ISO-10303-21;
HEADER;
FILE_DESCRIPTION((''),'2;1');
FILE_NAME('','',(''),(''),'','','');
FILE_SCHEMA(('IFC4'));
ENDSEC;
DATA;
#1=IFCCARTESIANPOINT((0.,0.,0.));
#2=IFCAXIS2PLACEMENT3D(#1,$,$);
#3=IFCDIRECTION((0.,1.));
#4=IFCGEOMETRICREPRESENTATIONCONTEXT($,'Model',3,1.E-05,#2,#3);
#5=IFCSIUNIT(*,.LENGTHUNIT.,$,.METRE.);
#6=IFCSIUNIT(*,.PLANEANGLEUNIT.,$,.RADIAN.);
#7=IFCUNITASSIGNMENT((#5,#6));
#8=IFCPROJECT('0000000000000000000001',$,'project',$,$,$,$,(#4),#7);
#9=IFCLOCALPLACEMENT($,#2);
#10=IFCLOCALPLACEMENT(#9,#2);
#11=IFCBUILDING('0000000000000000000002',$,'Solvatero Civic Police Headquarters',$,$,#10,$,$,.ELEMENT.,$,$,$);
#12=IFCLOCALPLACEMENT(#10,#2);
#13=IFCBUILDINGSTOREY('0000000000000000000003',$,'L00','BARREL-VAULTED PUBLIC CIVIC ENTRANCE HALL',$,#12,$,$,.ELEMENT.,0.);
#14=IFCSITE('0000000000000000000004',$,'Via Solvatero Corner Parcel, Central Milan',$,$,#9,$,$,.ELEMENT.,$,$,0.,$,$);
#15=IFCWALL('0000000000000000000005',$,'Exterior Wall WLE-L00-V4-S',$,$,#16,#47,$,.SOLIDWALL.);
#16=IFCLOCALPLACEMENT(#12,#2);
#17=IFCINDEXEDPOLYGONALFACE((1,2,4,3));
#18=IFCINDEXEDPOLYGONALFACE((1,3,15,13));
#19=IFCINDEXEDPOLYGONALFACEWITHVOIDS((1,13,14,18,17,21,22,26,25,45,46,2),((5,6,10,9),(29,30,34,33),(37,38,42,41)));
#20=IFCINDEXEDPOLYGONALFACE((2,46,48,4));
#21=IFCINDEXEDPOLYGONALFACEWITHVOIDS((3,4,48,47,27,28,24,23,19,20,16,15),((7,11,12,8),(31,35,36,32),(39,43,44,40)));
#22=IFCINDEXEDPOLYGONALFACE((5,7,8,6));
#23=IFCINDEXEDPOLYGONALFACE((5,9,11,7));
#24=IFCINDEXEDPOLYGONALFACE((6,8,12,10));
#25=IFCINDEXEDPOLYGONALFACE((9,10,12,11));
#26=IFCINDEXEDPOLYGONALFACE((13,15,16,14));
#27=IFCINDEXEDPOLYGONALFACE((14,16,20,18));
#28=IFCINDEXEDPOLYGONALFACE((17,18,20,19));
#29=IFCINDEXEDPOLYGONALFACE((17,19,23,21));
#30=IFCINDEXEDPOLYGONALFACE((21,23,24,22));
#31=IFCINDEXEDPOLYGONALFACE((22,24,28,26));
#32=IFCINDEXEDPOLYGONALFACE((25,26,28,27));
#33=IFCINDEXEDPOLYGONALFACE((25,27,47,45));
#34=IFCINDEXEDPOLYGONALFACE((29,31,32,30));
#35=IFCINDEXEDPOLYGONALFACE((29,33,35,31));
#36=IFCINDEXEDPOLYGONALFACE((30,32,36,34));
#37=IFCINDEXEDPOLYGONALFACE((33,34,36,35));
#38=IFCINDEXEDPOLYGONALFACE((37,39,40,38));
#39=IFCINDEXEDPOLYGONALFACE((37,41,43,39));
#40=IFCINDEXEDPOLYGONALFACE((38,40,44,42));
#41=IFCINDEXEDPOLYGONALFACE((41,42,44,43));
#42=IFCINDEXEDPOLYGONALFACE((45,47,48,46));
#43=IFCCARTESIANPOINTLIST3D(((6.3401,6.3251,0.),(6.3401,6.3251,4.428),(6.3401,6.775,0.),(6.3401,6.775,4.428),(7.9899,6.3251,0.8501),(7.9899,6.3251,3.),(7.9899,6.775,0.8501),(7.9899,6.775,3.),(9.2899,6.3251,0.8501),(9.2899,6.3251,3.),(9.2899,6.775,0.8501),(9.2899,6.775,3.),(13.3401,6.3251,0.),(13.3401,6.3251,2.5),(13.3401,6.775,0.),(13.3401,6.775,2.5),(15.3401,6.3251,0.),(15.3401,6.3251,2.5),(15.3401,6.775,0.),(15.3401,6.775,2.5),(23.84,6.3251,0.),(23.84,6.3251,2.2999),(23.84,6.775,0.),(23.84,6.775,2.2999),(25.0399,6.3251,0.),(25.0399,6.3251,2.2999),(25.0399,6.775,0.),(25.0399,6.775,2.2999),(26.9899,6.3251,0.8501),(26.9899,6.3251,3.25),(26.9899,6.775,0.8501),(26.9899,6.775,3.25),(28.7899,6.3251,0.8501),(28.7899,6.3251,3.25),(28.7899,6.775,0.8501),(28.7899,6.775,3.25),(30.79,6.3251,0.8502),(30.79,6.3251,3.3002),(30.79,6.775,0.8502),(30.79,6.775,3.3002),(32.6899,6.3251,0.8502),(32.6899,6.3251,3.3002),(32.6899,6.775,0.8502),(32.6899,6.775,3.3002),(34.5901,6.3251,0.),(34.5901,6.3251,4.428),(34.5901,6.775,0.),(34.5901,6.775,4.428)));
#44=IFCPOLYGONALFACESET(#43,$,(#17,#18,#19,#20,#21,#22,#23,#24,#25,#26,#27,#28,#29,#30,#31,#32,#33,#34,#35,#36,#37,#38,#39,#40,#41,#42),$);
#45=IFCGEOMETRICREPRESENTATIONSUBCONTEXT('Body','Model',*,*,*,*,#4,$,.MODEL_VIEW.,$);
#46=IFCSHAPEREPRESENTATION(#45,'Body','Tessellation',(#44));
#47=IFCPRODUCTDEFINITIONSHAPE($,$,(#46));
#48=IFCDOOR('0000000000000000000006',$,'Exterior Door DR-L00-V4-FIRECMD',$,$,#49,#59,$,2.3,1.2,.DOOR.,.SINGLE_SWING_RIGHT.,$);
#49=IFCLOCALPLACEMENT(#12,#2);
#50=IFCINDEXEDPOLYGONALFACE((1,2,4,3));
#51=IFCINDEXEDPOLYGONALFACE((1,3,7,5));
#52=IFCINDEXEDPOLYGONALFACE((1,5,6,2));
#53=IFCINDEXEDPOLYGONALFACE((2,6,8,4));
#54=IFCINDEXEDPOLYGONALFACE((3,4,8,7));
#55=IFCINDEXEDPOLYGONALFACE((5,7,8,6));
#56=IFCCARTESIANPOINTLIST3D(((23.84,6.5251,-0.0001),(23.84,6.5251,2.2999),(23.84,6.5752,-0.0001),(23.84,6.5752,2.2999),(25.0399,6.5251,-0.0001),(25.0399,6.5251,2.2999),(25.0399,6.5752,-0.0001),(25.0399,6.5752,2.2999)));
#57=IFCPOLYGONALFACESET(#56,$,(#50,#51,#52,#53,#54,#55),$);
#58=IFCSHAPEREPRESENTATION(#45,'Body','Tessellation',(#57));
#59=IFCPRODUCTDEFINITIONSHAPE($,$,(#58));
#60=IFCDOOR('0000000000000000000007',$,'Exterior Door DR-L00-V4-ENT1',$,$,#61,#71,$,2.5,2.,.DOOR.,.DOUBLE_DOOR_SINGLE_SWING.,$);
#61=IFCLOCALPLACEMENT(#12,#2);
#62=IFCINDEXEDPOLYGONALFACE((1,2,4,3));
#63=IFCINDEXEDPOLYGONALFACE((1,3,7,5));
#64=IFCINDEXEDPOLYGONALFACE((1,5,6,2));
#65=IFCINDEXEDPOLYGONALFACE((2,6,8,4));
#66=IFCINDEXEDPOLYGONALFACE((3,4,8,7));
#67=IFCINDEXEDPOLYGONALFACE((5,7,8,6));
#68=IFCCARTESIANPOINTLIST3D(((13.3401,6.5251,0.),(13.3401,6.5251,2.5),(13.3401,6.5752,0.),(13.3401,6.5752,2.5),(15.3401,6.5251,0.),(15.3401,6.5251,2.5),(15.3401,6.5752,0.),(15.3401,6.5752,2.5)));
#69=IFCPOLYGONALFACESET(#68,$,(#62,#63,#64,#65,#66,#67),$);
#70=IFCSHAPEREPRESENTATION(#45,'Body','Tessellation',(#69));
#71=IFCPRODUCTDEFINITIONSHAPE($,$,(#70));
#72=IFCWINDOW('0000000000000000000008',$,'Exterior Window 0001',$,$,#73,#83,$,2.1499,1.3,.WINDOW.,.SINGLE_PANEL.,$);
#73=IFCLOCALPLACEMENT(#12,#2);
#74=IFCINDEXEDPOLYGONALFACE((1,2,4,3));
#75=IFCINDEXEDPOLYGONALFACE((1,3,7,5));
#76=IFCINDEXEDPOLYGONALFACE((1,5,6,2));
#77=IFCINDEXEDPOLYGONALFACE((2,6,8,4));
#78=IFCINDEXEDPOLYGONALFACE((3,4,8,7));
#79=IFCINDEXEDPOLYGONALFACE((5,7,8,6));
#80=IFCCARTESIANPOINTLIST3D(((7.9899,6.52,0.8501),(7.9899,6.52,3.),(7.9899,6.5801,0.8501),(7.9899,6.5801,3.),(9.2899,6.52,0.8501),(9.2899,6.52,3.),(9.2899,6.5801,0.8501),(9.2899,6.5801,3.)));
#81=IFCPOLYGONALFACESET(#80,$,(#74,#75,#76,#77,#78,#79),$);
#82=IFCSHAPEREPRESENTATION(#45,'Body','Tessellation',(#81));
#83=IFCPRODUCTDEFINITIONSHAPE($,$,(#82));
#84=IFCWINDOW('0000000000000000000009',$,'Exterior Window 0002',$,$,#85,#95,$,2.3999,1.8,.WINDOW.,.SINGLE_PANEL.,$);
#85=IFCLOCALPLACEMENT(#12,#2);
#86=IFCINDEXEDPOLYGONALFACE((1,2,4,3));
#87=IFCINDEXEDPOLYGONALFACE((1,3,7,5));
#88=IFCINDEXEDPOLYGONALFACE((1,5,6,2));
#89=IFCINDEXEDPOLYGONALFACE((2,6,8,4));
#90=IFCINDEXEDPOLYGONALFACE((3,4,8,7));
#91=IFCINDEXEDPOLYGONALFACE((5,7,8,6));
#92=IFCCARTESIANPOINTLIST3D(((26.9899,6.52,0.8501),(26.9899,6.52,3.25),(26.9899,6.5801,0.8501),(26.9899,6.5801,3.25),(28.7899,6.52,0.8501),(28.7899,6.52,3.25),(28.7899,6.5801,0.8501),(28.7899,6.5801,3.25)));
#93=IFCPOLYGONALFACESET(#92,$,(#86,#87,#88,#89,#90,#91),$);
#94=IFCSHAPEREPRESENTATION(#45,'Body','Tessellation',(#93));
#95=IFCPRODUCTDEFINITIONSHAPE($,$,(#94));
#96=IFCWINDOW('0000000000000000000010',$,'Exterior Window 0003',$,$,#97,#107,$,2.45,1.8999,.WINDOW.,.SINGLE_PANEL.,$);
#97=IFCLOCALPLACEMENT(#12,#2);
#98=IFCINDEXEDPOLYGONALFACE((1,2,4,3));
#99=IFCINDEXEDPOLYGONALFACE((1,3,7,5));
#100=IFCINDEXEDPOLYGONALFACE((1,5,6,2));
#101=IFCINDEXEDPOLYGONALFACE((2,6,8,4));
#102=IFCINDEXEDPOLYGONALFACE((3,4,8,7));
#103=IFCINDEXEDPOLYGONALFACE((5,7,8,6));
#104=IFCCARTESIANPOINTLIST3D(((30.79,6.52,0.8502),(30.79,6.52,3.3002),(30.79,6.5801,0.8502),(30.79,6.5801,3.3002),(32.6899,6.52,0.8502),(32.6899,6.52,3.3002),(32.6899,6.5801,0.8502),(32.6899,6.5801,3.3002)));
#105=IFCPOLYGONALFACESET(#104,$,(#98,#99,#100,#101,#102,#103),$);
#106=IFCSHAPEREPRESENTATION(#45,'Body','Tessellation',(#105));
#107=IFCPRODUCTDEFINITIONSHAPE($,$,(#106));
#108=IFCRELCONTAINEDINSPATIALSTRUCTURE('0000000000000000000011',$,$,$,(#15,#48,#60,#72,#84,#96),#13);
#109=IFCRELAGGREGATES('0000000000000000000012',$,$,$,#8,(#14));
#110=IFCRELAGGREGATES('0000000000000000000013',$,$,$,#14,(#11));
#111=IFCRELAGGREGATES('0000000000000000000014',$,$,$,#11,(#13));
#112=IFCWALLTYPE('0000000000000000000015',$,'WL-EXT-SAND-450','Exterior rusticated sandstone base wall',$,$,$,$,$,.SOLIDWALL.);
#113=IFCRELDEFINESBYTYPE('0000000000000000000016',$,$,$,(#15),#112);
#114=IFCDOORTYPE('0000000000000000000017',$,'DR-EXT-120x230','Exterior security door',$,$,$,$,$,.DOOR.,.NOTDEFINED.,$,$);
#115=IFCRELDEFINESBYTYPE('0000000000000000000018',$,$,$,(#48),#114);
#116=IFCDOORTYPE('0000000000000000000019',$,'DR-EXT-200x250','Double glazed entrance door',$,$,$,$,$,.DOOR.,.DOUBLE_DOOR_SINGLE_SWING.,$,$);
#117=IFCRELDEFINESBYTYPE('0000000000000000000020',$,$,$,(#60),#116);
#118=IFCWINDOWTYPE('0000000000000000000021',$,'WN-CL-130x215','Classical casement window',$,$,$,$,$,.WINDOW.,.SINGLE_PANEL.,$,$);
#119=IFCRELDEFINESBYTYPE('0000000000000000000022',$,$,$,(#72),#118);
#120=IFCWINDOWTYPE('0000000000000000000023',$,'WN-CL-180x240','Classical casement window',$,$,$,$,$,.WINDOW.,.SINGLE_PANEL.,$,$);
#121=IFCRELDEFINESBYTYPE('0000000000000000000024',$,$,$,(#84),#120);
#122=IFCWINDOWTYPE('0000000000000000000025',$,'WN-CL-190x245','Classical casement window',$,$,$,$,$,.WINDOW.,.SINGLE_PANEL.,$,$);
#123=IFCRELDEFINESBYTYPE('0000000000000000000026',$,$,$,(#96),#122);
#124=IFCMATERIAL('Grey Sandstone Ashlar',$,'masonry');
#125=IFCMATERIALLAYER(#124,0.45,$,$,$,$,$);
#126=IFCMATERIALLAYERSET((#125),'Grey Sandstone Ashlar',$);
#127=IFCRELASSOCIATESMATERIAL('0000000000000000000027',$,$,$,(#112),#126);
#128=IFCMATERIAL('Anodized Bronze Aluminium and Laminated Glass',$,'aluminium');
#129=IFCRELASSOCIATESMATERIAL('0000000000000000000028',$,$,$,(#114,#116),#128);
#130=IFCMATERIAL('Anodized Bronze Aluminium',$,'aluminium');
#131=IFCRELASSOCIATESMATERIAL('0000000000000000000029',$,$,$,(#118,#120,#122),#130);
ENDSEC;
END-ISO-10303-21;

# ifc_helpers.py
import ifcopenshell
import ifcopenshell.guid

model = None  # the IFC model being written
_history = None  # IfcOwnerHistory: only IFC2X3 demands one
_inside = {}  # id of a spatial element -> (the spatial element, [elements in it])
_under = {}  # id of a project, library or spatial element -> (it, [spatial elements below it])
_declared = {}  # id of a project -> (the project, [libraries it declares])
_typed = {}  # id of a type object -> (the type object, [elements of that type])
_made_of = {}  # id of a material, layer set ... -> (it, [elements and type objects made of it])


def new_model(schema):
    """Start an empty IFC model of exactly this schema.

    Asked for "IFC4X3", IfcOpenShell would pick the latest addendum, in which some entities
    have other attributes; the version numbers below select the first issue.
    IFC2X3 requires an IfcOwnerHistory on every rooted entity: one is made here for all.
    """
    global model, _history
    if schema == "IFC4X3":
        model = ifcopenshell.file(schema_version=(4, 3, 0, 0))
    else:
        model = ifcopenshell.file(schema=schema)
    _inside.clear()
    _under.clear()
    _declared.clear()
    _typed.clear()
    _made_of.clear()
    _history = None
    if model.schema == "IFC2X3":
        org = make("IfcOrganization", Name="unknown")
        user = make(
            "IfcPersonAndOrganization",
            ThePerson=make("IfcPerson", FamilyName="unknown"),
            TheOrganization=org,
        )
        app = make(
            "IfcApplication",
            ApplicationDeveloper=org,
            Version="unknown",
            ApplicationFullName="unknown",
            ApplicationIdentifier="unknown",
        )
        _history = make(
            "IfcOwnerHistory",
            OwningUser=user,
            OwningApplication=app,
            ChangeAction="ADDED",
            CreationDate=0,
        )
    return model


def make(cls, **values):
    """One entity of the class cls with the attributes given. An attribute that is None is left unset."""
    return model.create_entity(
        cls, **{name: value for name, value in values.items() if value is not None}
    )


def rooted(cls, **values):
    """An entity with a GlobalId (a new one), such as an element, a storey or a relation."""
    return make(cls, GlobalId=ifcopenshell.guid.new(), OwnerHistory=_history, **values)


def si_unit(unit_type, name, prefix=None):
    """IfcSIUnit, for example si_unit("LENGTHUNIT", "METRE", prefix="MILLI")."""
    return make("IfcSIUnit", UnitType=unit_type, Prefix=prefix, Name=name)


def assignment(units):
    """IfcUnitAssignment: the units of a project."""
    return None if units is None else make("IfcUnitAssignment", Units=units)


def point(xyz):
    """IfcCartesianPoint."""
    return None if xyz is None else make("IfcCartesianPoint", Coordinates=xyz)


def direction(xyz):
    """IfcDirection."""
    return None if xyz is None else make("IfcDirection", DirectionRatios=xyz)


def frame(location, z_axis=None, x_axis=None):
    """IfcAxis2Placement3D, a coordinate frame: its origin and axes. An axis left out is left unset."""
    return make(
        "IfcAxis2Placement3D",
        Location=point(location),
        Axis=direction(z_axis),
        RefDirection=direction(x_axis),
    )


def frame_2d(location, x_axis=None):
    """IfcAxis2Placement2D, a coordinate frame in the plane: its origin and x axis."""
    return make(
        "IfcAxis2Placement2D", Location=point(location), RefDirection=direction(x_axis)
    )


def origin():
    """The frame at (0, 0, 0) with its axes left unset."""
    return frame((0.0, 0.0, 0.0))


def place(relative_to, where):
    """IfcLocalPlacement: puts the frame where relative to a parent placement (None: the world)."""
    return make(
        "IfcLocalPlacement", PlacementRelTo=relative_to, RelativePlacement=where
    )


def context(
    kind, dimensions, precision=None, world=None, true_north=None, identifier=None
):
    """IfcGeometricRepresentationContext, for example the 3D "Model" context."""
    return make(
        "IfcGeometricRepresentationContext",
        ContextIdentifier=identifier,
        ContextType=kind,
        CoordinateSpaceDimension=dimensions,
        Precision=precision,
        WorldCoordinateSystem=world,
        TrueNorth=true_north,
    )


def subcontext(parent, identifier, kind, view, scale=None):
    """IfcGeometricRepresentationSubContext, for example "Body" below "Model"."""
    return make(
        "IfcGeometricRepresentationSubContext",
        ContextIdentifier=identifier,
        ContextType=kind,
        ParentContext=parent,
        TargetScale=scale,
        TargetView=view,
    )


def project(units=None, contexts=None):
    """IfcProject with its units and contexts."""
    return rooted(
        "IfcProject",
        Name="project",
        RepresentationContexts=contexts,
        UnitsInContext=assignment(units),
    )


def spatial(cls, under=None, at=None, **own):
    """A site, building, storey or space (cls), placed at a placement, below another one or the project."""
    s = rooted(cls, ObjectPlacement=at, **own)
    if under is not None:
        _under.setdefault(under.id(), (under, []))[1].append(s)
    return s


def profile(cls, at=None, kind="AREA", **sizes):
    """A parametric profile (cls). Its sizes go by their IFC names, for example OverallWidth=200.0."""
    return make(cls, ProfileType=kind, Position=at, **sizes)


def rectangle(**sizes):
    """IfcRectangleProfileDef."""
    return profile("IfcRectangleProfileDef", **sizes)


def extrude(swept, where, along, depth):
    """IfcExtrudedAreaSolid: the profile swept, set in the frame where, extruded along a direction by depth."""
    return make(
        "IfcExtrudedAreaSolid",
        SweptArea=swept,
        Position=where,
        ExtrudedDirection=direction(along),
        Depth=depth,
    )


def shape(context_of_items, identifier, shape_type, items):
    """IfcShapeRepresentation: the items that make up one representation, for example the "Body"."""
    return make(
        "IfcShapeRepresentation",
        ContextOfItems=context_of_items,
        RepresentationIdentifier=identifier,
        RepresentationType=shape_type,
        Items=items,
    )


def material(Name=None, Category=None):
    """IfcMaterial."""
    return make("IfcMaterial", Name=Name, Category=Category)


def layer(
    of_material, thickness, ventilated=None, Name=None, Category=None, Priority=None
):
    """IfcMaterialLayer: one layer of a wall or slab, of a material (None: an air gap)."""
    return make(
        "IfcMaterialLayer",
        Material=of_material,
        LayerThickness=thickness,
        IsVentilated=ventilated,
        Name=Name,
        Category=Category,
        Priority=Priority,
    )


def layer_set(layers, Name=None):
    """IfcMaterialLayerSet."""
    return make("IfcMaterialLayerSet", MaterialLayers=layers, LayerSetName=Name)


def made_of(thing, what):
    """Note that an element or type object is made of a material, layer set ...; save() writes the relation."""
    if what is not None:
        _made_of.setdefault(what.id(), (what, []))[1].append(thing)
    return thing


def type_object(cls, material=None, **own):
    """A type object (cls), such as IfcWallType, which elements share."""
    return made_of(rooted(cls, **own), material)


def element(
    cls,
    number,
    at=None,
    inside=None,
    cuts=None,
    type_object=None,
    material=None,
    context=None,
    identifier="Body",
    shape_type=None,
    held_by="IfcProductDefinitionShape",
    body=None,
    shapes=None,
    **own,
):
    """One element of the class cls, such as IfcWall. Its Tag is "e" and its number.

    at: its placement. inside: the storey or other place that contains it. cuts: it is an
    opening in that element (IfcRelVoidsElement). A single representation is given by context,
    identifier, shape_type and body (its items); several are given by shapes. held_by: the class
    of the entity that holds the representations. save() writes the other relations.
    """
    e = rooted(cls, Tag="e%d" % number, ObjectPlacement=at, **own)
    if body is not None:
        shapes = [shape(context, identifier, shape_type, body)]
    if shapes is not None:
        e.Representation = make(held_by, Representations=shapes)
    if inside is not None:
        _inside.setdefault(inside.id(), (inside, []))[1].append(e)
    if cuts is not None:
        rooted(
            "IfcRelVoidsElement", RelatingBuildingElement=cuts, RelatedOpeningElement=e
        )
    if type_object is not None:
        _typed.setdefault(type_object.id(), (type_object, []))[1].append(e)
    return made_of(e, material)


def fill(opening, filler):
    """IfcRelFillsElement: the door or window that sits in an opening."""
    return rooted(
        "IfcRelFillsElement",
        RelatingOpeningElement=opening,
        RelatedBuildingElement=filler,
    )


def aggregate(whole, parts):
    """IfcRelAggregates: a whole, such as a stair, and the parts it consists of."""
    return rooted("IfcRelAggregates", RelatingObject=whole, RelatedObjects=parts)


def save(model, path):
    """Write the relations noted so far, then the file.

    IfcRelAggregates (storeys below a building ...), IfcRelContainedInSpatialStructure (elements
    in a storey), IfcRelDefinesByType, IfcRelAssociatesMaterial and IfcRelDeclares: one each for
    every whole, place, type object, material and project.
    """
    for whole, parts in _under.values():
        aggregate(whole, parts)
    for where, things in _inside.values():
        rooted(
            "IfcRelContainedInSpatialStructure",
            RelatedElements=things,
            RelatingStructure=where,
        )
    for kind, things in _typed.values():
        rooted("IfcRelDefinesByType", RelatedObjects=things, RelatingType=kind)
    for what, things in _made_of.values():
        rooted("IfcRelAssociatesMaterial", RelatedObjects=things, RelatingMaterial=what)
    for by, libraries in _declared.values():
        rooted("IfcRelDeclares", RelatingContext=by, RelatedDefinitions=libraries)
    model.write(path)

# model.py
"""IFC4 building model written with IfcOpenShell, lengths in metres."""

from ifc_helpers import new_model, si_unit, direction, frame, frame_2d, origin, place, context, subcontext, project, spatial, rectangle, extrude, material, layer, layer_set, type_object, element, fill, save


model = new_model("IFC4")

# Units and contexts
model_context = context("Model", 3, precision=1e-05, world=origin(), true_north=direction((0.0, 1.0)))
body_context = subcontext(model_context, "Body", "Model", "MODEL_VIEW")
ifc_project = project(units=[si_unit("LENGTHUNIT", "METRE"), si_unit("PLANEANGLEUNIT", "RADIAN")], contexts=[model_context])

# Site, building, storey
site_placement = place(None, origin())
site = spatial("IfcSite", under=ifc_project, at=site_placement, Name="Via Solvatero Corner Parcel, Central Milan", CompositionType="ELEMENT", RefElevation=0.0)
building_placement = place(site_placement, origin())
building = spatial("IfcBuilding", under=site, at=building_placement, Name="Solvatero Civic Police Headquarters", CompositionType="ELEMENT")
storey_placement = place(building_placement, origin())
storey = spatial("IfcBuildingStorey", under=building, at=storey_placement, Name="L00", Description="BARREL-VAULTED PUBLIC CIVIC ENTRANCE HALL", CompositionType="ELEMENT", Elevation=0.0)

# Wall, openings, doors, windows
ifc_material_1 = material(Name="Grey Sandstone Ashlar", Category="masonry")
ifc_layer = layer(ifc_material_1, 0.45)
ifc_layer_set = layer_set([ifc_layer], Name="Grey Sandstone Ashlar")
wall_type = type_object("IfcWallType", Name="WL-EXT-SAND-450", Description="Exterior rusticated sandstone base wall", PredefinedType="SOLIDWALL", material=ifc_layer_set)
wall_placement = place(storey_placement, frame((6.3401, 6.55, 0.0), z_axis=(0.0, 0.0, 1.0), x_axis=(1.0, 0.0, 0.0)))
wall = element("IfcWall", 1, at=wall_placement, inside=storey, type_object=wall_type, Name="Exterior Wall WLE-L00-V4-S", PredefinedType="SOLIDWALL", context=body_context, shape_type="SweptSolid", body=[
    extrude(rectangle(XDim=28.25, YDim=0.45, at=frame_2d((14.125, 0.0))), origin(), (0.0, 0.0, 1.0), 4.428),
])
opening_1_placement = place(wall_placement, frame((9.0, 0.0, 0.0), z_axis=(0.0, 0.0, 1.0), x_axis=(-1.0, 0.0, 0.0)))
opening_1 = element("IfcOpeningElement", 2, at=opening_1_placement, cuts=wall, PredefinedType="OPENING", context=body_context, shape_type="SweptSolid", body=[
    extrude(rectangle(XDim=2.0, YDim=2.5, at=frame_2d((1.0, 1.25))), frame((0.0, 0.2349, 0.0), z_axis=(0.0, -1.0, 0.0), x_axis=(1.0, 0.0, 0.0)), (0.0, 0.0, 1.0), 0.47),
])
opening_2_placement = place(wall_placement, frame((18.7, 0.0, 0.0), z_axis=(0.0, 0.0, 1.0), x_axis=(-1.0, 0.0, 0.0)))
opening_2 = element("IfcOpeningElement", 3, at=opening_2_placement, cuts=wall, PredefinedType="OPENING", context=body_context, shape_type="SweptSolid", body=[
    extrude(rectangle(XDim=1.2, YDim=2.3, at=frame_2d((0.6001, 1.1499))), frame((0.0, 0.2349, 0.0), z_axis=(0.0, -1.0, 0.0), x_axis=(1.0, 0.0, 0.0)), (0.0, 0.0, 1.0), 0.47),
])
opening_3_placement = place(wall_placement, frame((1.6499, 0.0, 0.8501)))
opening_3 = element("IfcOpeningElement", 4, at=opening_3_placement, cuts=wall, PredefinedType="OPENING", context=body_context, shape_type="SweptSolid", body=[
    extrude(rectangle(XDim=1.3, YDim=2.1499, at=frame_2d((0.6499, 1.075))), frame((0.0, 0.2349, 0.0), z_axis=(0.0, -1.0, 0.0), x_axis=(1.0, 0.0, 0.0)), (0.0, 0.0, 1.0), 0.47),
])
opening_4_placement = place(wall_placement, frame((20.6499, 0.0, 0.8501)))
opening_4 = element("IfcOpeningElement", 5, at=opening_4_placement, cuts=wall, PredefinedType="OPENING", context=body_context, shape_type="SweptSolid", body=[
    extrude(rectangle(XDim=1.8, YDim=2.3999, at=frame_2d((0.8999, 1.2))), frame((0.0, 0.2349, 0.0), z_axis=(0.0, -1.0, 0.0), x_axis=(1.0, 0.0, 0.0)), (0.0, 0.0, 1.0), 0.47),
])
opening_5_placement = place(wall_placement, frame((24.45, 0.0, 0.8501)))
opening_5 = element("IfcOpeningElement", 6, at=opening_5_placement, cuts=wall, PredefinedType="OPENING", context=body_context, shape_type="SweptSolid", body=[
    extrude(rectangle(XDim=1.8999, YDim=2.45, at=frame_2d((0.95, 1.2251))), frame((0.0, 0.2349, 0.0), z_axis=(0.0, -1.0, 0.0), x_axis=(1.0, 0.0, 0.0)), (0.0, 0.0, 1.0), 0.47),
])
ifc_material_2 = material(Name="Anodized Bronze Aluminium and Laminated Glass", Category="aluminium")
door_type_1 = type_object("IfcDoorType", Name="DR-EXT-120x230", Description="Exterior security door", OperationType="NOTDEFINED", PredefinedType="DOOR", material=ifc_material_2)
door_1_placement = place(opening_2_placement, origin())
door_1 = element("IfcDoor", 7, at=door_1_placement, inside=storey, type_object=door_type_1, Name="Exterior Door DR-L00-V4-FIRECMD", OperationType="SINGLE_SWING_RIGHT", OverallHeight=2.3, OverallWidth=1.2, PredefinedType="DOOR", context=body_context, shape_type="SweptSolid", body=[
    extrude(rectangle(XDim=1.2, YDim=2.3, at=frame_2d((0.6001, 1.1499))), frame((0.0, 0.0249, 0.0), z_axis=(0.0, -1.0, 0.0), x_axis=(1.0, 0.0, 0.0)), (0.0, 0.0, 1.0), 0.05),
])
fill(opening_2, door_1)
door_type_2 = type_object("IfcDoorType", Name="DR-EXT-200x250", Description="Double glazed entrance door", OperationType="DOUBLE_DOOR_SINGLE_SWING", PredefinedType="DOOR", material=ifc_material_2)
door_2_placement = place(opening_1_placement, origin())
door_2 = element("IfcDoor", 8, at=door_2_placement, inside=storey, type_object=door_type_2, Name="Exterior Door DR-L00-V4-ENT1", OperationType="DOUBLE_DOOR_SINGLE_SWING", OverallHeight=2.5, OverallWidth=2.0, PredefinedType="DOOR", context=body_context, shape_type="SweptSolid", body=[
    extrude(rectangle(XDim=2.0, YDim=2.5, at=frame_2d((1.0, 1.25))), frame((0.0, 0.0249, 0.0), z_axis=(0.0, -1.0, 0.0), x_axis=(1.0, 0.0, 0.0)), (0.0, 0.0, 1.0), 0.05),
])
fill(opening_1, door_2)
ifc_material_3 = material(Name="Anodized Bronze Aluminium", Category="aluminium")
window_type_1 = type_object("IfcWindowType", Name="WN-CL-130x215", Description="Classical casement window", PartitioningType="SINGLE_PANEL", PredefinedType="WINDOW", material=ifc_material_3)
window_1_placement = place(opening_3_placement, origin())
window_1 = element("IfcWindow", 9, at=window_1_placement, inside=storey, type_object=window_type_1, Name="Exterior Window 0001", OverallHeight=2.1499, OverallWidth=1.3, PartitioningType="SINGLE_PANEL", PredefinedType="WINDOW", context=body_context, shape_type="SweptSolid", body=[
    extrude(rectangle(XDim=1.3, YDim=2.1499, at=frame_2d((0.6499, 1.075))), frame((0.0, 0.03, 0.0), z_axis=(0.0, -1.0, 0.0), x_axis=(1.0, 0.0, 0.0)), (0.0, 0.0, 1.0), 0.0601),
])
fill(opening_3, window_1)
window_type_2 = type_object("IfcWindowType", Name="WN-CL-180x240", Description="Classical casement window", PartitioningType="SINGLE_PANEL", PredefinedType="WINDOW", material=ifc_material_3)
window_2_placement = place(opening_4_placement, origin())
window_2 = element("IfcWindow", 10, at=window_2_placement, inside=storey, type_object=window_type_2, Name="Exterior Window 0002", OverallHeight=2.3999, OverallWidth=1.8, PartitioningType="SINGLE_PANEL", PredefinedType="WINDOW", context=body_context, shape_type="SweptSolid", body=[
    extrude(rectangle(XDim=1.8, YDim=2.3999, at=frame_2d((0.8999, 1.2))), frame((0.0, 0.03, 0.0), z_axis=(0.0, -1.0, 0.0), x_axis=(1.0, 0.0, 0.0)), (0.0, 0.0, 1.0), 0.0601),
])
fill(opening_4, window_2)
window_type_3 = type_object("IfcWindowType", Name="WN-CL-190x245", Description="Classical casement window", PartitioningType="SINGLE_PANEL", PredefinedType="WINDOW", material=ifc_material_3)
window_3_placement = place(opening_5_placement, origin())
window_3 = element("IfcWindow", 11, at=window_3_placement, inside=storey, type_object=window_type_3, Name="Exterior Window 0003", OverallHeight=2.45, OverallWidth=1.8999, PartitioningType="SINGLE_PANEL", PredefinedType="WINDOW", context=body_context, shape_type="SweptSolid", body=[
    extrude(rectangle(XDim=1.8999, YDim=2.45, at=frame_2d((0.95, 1.2251))), frame((0.0, 0.03, 0.0), z_axis=(0.0, -1.0, 0.0), x_axis=(1.0, 0.0, 0.0)), (0.0, 0.0, 1.0), 0.0601),
])
fill(opening_5, window_3)

save(model, "model.ifc")
